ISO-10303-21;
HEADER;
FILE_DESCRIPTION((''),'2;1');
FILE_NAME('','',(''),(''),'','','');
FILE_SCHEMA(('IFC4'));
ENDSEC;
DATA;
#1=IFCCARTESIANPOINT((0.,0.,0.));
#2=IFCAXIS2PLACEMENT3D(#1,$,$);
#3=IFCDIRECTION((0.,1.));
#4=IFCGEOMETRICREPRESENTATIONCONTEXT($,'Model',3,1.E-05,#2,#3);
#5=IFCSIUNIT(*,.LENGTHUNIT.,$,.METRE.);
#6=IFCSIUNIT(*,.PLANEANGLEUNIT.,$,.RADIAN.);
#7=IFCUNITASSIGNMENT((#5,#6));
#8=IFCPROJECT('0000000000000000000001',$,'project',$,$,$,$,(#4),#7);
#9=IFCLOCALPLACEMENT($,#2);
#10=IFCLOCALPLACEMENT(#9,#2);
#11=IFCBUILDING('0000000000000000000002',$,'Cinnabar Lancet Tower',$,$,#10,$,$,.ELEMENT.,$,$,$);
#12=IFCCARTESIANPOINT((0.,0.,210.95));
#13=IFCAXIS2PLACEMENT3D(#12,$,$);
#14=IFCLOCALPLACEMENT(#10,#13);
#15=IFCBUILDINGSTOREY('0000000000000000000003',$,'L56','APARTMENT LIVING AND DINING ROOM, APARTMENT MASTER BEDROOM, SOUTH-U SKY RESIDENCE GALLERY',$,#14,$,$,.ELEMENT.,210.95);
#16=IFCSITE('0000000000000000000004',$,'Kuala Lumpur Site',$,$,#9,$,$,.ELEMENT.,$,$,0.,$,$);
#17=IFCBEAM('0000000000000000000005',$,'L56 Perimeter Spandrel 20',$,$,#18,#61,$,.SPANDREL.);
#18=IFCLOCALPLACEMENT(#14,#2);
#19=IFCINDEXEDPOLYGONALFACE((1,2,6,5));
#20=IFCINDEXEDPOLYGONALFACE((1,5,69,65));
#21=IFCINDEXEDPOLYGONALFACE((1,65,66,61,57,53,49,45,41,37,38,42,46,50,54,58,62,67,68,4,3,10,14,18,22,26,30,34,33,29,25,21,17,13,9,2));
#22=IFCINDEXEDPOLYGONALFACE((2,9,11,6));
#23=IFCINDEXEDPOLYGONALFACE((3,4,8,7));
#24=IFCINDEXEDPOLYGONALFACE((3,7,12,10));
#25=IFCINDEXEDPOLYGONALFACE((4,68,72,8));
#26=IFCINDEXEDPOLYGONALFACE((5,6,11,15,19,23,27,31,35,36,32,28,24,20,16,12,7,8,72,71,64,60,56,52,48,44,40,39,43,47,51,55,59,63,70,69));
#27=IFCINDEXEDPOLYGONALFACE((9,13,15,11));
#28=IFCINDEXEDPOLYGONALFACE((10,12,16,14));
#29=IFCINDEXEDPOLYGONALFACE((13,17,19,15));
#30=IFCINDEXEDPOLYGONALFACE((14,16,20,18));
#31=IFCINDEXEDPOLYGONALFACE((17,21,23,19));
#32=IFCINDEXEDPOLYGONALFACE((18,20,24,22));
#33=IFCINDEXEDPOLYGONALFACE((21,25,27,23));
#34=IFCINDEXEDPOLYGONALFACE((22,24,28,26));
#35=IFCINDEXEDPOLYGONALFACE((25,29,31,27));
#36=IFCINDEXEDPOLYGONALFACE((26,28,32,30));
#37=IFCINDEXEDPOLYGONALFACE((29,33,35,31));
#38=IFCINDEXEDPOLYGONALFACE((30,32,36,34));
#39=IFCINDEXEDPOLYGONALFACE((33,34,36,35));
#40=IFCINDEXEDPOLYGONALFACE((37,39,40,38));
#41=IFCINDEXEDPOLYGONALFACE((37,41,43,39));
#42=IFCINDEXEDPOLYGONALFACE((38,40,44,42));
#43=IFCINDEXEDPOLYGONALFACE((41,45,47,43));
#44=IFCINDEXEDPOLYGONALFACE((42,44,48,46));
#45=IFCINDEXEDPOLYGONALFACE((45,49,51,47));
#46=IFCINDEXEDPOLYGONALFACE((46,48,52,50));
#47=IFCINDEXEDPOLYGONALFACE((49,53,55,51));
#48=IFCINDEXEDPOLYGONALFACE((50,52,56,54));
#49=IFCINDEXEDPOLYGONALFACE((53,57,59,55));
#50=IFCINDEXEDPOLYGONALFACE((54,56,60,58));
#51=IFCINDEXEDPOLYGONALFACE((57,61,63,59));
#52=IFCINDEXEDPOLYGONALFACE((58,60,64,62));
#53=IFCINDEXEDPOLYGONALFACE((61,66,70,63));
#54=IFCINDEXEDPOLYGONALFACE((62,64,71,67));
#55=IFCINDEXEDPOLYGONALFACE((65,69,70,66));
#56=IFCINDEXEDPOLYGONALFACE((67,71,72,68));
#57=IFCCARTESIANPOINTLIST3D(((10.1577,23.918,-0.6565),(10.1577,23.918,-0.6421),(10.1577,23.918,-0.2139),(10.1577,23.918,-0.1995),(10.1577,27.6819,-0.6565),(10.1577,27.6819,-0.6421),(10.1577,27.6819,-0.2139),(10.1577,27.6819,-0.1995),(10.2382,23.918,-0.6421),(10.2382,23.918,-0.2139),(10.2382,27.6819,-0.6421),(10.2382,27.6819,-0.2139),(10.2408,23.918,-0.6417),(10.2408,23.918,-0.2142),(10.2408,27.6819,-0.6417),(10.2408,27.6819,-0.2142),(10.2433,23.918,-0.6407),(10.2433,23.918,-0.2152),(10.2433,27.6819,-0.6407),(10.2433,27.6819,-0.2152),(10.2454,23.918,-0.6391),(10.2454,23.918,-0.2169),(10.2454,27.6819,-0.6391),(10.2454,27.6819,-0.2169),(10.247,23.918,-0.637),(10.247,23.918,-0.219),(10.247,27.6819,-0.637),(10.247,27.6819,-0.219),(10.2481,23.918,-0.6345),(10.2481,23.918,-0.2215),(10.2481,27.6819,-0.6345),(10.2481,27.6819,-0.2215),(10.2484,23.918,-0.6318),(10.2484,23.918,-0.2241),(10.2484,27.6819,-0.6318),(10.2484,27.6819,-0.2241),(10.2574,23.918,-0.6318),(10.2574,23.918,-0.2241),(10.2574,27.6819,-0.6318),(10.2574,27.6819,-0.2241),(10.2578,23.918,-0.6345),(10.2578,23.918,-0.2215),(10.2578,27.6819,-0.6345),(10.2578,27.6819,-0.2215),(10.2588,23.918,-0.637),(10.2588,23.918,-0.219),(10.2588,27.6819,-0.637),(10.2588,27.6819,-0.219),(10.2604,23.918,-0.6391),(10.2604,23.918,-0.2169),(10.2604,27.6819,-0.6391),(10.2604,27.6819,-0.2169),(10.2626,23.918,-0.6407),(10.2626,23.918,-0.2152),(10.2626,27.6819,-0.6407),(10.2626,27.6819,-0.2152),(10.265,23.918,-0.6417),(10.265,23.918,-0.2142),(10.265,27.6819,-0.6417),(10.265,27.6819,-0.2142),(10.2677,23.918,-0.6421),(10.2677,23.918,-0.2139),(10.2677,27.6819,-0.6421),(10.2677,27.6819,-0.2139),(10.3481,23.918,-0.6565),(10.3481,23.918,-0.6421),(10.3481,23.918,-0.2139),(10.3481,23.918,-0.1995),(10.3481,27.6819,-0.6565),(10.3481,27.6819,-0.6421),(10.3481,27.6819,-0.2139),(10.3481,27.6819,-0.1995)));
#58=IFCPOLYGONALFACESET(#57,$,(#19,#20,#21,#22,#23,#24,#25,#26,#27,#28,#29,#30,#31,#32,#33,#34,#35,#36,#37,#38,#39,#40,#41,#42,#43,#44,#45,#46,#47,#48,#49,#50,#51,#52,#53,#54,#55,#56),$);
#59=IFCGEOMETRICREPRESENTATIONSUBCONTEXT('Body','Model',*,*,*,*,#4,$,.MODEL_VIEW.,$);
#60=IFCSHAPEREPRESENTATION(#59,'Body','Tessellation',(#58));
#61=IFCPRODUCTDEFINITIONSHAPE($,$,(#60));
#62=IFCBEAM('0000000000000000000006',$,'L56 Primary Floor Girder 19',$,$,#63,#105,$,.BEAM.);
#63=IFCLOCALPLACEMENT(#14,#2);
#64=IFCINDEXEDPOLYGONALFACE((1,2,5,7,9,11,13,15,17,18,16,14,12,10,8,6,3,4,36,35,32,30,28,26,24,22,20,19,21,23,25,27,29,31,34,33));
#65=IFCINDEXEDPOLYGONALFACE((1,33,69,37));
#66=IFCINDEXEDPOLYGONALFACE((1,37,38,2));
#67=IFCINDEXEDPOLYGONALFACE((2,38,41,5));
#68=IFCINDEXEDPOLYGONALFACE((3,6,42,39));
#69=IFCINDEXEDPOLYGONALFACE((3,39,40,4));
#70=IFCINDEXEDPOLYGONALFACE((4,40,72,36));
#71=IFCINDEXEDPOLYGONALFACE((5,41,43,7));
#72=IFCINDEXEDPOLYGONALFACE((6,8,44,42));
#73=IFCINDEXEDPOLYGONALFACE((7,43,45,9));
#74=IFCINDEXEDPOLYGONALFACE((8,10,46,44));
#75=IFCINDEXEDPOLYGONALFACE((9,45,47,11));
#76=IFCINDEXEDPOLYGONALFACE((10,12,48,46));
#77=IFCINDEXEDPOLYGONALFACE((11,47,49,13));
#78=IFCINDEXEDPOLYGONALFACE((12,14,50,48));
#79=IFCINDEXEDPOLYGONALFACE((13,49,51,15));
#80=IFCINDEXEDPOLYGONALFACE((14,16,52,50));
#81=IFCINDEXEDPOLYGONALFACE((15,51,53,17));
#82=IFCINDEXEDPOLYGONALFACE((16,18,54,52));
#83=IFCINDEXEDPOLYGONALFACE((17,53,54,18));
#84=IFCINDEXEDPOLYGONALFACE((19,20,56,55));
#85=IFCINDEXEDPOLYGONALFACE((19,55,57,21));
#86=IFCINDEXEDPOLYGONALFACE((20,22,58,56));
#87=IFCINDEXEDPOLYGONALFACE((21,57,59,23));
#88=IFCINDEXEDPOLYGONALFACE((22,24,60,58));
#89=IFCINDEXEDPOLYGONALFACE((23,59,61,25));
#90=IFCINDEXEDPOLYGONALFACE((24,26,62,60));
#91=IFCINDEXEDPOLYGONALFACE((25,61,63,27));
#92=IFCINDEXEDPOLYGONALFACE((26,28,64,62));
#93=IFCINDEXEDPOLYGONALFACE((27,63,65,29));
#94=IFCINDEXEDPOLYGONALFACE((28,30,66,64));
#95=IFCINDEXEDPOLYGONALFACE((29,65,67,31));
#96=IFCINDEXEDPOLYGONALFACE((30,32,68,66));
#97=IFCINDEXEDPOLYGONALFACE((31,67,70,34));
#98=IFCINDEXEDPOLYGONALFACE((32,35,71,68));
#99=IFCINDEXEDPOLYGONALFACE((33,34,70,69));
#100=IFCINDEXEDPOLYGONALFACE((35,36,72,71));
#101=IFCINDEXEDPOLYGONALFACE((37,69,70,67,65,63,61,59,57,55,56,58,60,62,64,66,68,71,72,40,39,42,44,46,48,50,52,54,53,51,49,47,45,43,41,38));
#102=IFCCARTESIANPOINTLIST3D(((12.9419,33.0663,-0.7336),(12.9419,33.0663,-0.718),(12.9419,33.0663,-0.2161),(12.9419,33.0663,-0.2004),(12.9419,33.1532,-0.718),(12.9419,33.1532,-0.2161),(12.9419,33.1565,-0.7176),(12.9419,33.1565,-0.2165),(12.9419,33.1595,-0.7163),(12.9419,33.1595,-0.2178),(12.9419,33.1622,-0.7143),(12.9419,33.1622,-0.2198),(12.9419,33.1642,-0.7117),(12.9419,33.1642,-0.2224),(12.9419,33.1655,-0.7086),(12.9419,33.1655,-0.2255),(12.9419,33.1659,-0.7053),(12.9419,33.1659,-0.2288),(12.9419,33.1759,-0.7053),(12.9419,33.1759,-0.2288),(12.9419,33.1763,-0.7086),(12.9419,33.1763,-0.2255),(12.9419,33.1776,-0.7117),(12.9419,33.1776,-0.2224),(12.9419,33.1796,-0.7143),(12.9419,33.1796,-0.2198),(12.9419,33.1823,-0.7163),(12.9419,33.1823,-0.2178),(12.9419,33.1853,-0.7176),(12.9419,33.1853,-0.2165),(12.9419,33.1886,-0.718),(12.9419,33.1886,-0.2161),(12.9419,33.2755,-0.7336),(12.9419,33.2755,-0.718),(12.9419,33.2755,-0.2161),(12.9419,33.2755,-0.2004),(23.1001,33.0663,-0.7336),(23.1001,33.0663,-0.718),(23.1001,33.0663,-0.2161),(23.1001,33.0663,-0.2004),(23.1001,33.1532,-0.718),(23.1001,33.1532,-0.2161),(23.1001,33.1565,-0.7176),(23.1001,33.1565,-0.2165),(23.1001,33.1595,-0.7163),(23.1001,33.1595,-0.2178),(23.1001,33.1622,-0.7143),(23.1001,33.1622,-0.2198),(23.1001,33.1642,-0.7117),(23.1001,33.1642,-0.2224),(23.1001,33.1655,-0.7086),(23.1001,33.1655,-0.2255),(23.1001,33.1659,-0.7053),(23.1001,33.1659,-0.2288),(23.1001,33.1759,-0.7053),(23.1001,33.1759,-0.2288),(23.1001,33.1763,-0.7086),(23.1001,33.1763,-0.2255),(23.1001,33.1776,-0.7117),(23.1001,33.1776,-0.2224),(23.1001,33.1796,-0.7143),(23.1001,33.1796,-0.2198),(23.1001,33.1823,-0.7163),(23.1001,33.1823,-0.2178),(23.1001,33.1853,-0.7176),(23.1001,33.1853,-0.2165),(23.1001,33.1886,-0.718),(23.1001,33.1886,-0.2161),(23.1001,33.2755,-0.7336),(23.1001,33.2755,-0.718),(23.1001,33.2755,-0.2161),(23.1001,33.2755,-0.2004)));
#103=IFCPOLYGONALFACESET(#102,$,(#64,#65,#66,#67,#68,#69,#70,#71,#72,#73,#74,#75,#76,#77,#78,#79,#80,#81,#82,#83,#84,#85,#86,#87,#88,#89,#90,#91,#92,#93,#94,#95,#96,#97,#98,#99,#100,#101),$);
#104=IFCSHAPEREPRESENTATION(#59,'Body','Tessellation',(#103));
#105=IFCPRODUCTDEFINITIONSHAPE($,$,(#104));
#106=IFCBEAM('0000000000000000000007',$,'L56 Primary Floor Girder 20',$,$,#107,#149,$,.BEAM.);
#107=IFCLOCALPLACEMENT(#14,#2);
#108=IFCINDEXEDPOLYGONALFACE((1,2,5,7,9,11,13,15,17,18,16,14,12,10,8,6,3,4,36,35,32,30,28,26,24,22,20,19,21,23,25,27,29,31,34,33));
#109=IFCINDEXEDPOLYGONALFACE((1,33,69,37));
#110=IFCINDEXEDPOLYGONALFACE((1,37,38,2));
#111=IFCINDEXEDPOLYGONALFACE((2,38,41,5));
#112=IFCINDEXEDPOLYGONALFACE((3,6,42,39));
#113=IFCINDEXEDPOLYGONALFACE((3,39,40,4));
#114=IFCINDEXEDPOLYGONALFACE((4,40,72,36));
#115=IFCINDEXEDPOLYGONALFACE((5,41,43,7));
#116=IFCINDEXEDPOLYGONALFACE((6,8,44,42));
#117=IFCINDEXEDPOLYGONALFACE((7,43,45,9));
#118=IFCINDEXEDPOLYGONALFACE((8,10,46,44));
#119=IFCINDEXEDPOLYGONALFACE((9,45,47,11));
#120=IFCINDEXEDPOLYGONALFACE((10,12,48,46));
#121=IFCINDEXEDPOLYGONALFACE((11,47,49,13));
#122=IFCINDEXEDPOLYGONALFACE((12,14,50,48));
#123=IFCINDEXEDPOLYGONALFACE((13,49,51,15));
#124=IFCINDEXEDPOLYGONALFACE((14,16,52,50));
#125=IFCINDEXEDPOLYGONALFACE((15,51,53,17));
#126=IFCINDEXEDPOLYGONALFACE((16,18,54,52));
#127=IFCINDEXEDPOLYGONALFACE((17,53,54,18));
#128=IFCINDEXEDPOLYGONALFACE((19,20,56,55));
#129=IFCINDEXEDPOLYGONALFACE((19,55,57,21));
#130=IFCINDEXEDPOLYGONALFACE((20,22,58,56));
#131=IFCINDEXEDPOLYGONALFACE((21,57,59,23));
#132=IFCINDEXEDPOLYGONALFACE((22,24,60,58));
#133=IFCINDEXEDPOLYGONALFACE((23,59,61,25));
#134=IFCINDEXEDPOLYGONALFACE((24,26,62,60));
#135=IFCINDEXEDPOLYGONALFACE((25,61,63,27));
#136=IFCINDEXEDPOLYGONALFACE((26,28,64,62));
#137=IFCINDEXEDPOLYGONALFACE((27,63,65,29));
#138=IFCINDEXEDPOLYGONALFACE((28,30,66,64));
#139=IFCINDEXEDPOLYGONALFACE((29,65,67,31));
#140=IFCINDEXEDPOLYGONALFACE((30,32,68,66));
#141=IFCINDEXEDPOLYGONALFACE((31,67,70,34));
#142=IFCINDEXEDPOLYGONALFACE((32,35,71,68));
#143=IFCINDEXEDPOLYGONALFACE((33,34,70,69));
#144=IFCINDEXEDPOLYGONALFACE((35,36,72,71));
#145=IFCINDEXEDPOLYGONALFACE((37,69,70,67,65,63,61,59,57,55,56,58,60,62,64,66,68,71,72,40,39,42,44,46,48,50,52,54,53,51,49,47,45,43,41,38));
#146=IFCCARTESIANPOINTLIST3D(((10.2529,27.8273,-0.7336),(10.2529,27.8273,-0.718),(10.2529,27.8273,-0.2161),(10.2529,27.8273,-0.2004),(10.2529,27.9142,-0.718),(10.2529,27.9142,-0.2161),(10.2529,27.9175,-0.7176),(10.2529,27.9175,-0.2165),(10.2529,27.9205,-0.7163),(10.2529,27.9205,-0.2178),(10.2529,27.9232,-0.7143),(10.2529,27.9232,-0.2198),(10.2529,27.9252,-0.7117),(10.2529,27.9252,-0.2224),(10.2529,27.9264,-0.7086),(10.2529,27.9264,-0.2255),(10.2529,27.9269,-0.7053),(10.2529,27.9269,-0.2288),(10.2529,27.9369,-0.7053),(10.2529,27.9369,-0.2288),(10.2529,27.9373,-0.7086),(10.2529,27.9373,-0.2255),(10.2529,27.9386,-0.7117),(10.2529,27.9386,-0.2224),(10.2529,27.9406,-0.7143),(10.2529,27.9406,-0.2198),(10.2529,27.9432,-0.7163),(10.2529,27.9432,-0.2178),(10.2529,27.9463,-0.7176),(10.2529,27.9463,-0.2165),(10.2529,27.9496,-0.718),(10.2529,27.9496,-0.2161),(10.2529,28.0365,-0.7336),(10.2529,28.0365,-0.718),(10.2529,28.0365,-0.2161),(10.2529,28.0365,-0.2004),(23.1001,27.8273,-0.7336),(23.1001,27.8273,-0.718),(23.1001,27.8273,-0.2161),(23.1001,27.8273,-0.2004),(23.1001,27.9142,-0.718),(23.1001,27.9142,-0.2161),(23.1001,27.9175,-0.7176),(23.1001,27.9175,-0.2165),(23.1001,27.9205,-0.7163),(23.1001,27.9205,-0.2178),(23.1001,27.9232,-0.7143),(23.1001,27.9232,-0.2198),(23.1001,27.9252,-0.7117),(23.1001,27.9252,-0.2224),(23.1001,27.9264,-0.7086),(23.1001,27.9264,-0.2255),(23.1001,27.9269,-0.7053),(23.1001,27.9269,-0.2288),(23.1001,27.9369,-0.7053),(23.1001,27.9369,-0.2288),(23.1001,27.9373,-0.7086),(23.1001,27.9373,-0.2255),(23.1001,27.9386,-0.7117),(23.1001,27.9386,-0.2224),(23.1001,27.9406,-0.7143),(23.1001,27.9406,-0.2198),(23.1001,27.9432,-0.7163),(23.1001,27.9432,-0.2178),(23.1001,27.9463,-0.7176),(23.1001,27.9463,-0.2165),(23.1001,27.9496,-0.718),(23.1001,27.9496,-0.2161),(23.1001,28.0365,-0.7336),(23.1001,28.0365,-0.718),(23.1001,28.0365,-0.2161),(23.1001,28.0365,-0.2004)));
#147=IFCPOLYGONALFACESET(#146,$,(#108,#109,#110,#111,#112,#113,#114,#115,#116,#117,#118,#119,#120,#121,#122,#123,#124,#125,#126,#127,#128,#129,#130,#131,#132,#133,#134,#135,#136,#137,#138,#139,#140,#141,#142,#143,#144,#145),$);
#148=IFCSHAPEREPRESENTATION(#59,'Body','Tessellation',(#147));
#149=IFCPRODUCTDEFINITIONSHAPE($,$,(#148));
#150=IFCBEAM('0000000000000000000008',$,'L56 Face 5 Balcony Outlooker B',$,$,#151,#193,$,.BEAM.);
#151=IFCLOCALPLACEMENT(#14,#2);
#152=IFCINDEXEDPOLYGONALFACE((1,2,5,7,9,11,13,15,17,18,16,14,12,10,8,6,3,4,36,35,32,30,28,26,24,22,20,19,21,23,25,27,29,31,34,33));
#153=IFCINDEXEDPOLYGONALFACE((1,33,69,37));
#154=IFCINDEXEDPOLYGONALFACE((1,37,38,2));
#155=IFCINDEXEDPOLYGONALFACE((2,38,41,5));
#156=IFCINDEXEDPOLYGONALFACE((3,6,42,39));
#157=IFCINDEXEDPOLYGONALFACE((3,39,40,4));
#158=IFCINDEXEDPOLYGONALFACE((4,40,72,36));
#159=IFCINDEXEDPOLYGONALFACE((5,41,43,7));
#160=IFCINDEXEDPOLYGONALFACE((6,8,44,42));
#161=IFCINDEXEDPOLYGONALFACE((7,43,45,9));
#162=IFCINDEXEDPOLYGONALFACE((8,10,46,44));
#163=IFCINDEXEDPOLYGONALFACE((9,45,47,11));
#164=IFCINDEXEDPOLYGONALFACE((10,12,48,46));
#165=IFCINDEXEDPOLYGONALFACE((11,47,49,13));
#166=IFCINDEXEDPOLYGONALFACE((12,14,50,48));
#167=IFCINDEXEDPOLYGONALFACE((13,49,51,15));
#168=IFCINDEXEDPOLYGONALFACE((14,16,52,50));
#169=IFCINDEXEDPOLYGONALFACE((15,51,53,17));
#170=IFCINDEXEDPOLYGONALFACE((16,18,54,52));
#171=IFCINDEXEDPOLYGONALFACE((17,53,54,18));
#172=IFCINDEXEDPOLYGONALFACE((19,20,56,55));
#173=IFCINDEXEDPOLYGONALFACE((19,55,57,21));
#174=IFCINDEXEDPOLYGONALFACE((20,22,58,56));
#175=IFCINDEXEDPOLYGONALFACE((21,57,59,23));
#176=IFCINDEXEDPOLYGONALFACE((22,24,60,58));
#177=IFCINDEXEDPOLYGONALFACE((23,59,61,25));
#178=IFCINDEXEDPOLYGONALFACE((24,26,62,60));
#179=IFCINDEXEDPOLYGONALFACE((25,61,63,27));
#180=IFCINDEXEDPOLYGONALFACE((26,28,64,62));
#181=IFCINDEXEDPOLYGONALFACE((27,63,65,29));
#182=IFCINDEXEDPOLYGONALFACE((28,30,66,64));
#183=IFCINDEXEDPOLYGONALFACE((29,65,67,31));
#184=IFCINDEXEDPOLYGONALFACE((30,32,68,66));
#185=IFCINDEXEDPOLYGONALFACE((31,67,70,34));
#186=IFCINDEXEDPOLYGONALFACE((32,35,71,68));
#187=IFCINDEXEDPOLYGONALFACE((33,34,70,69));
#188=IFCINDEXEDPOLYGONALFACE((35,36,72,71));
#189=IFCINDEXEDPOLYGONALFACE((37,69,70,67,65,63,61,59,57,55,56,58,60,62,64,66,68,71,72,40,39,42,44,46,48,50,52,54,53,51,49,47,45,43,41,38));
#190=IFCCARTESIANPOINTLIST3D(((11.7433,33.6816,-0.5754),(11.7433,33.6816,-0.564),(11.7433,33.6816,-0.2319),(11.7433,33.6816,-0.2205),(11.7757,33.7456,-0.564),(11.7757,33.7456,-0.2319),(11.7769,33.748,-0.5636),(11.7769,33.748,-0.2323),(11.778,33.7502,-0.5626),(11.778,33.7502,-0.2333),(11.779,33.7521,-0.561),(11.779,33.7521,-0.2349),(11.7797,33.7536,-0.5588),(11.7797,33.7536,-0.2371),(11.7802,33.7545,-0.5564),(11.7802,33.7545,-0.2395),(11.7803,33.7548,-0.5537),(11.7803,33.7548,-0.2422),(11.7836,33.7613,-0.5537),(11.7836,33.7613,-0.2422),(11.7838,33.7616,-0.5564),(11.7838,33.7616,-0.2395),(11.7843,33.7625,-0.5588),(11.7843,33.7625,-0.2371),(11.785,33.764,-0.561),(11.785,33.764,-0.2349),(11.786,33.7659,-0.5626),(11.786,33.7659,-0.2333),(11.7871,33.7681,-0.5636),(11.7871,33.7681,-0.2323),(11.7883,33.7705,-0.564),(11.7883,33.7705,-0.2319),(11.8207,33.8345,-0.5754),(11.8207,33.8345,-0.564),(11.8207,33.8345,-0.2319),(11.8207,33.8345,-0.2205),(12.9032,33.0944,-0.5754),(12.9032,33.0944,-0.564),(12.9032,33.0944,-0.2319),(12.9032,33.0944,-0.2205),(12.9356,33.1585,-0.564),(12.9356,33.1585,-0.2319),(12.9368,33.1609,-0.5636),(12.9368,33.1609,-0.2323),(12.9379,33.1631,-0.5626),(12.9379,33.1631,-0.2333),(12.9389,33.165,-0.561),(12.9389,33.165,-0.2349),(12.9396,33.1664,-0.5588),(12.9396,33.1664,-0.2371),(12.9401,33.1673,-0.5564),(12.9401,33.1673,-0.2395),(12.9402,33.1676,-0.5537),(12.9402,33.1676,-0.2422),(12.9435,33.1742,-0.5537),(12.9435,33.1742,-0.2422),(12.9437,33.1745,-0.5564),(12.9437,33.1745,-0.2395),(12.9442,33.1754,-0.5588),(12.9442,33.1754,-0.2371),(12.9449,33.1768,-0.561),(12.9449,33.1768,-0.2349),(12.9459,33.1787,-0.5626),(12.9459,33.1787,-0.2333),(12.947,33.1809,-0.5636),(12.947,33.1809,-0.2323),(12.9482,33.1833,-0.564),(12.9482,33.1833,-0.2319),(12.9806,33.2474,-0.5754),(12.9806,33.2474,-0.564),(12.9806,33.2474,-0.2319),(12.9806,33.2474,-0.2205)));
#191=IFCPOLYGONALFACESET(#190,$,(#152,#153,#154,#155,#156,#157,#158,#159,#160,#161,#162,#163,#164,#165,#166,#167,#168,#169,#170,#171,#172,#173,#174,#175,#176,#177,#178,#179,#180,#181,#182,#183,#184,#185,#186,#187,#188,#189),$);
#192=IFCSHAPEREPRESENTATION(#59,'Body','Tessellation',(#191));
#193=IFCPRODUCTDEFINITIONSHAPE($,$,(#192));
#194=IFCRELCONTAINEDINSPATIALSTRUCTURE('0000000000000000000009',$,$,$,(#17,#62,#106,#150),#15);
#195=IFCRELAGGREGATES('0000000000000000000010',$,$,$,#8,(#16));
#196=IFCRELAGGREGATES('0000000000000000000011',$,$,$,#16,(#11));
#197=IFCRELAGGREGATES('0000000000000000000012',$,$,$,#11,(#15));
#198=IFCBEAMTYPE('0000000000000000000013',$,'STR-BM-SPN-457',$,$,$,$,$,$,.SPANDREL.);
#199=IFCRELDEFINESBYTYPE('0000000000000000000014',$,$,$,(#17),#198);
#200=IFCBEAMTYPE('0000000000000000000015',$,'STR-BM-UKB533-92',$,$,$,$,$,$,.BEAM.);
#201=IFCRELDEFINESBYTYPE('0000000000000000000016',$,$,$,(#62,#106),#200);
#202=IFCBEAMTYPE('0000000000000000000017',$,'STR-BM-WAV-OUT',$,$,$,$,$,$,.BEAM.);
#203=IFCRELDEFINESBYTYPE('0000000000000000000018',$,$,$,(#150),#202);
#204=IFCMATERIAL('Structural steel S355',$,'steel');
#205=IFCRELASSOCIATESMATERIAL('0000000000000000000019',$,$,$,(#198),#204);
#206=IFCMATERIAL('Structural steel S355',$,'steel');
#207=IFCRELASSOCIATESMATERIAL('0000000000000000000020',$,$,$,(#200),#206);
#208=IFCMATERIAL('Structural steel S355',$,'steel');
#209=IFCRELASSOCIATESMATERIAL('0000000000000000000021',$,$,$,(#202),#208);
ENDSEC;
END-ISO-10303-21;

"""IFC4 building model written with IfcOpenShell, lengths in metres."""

from ifc_helpers import new_model, si_unit, direction, frame, origin, origin_2d, place, context, subcontext, project, spatial, i_section, extrude, material, material_profile, profile_set, type_object, element, save


model = new_model("IFC4")

# Units and contexts
model_context = context("Model", 3, precision=1e-05, world=origin(), true_north=direction((0.0, 1.0)))
body_context = subcontext(model_context, "Body", "Model", "MODEL_VIEW")
ifc_project = project(units=[si_unit("LENGTHUNIT", "METRE"), si_unit("PLANEANGLEUNIT", "RADIAN")], contexts=[model_context])

# Site, building, storey
site_placement = place(None, origin())
site = spatial("IfcSite", under=ifc_project, at=site_placement, Name="Kuala Lumpur Site", CompositionType="ELEMENT", RefElevation=0.0)
building_placement = place(site_placement, origin())
building = spatial("IfcBuilding", under=site, at=building_placement, Name="Cinnabar Lancet Tower", CompositionType="ELEMENT")
storey_placement = place(building_placement, frame((0.0, 0.0, 210.95)))
storey = spatial("IfcBuildingStorey", under=building, at=storey_placement, Name="L56", Description="APARTMENT LIVING AND DINING ROOM, APARTMENT MASTER BEDROOM, SOUTH-U SKY RESIDENCE GALLERY", CompositionType="ELEMENT", Elevation=210.95)

# Beams
ifc_material_1 = material(Name="Structural steel S355", Category="steel")
ifc_material_profile_1 = material_profile(ifc_material_1, i_section(OverallWidth=0.1904, OverallDepth=0.457, WebThickness=0.009, FlangeThickness=0.0144, FilletRadius=0.0103, at=origin_2d()), Name="UKB 457x191x74")
ifc_profile_set_1 = profile_set([ifc_material_profile_1], Name="Structural steel S355")
beam_type_1 = type_object("IfcBeamType", Name="STR-BM-SPN-457", PredefinedType="SPANDREL", material=ifc_profile_set_1)
beam_1_placement = place(storey_placement, frame((10.2529, 27.6819, -0.428), z_axis=(0.0, -1.0, 0.0), x_axis=(1.0, 0.0, 0.0)))
element("IfcBeam", 1, at=beam_1_placement, inside=storey, type_object=beam_type_1, Name="L56 Perimeter Spandrel 20", PredefinedType="SPANDREL", context=body_context, shape_type="SweptSolid", body=[
    extrude(i_section(OverallWidth=0.1904, OverallDepth=0.457, WebThickness=0.009, FlangeThickness=0.0144, FilletRadius=0.0103, at=origin_2d()), origin(), (0.0, 0.0, 1.0), 3.7639),
])
ifc_material_2 = material(Name="Structural steel S355", Category="steel")
ifc_material_profile_2 = material_profile(ifc_material_2, i_section(OverallWidth=0.2092, OverallDepth=0.5332, WebThickness=0.01, FlangeThickness=0.0156, FilletRadius=0.0127, at=origin_2d()), Name="UKB 533x210x92")
ifc_profile_set_2 = profile_set([ifc_material_profile_2], Name="Structural steel S355")
beam_type_2 = type_object("IfcBeamType", Name="STR-BM-UKB533-92", PredefinedType="BEAM", material=ifc_profile_set_2)
beam_2_placement = place(storey_placement, frame((12.9419, 33.1709, -0.467), z_axis=(1.0, 0.0, 0.0), x_axis=(0.0, 1.0, 0.0)))
element("IfcBeam", 2, at=beam_2_placement, inside=storey, type_object=beam_type_2, Name="L56 Primary Floor Girder 19", PredefinedType="BEAM", context=body_context, shape_type="SweptSolid", body=[
    extrude(i_section(OverallWidth=0.2092, OverallDepth=0.5332, WebThickness=0.01, FlangeThickness=0.0156, FilletRadius=0.0127, at=origin_2d()), origin(), (0.0, 0.0, 1.0), 10.1582),
])
beam_3_placement = place(storey_placement, frame((10.2529, 27.9319, -0.467), z_axis=(1.0, 0.0, 0.0), x_axis=(0.0, 1.0, 0.0)))
element("IfcBeam", 3, at=beam_3_placement, inside=storey, type_object=beam_type_2, Name="L56 Primary Floor Girder 20", PredefinedType="BEAM", context=body_context, shape_type="SweptSolid", body=[
    extrude(i_section(OverallWidth=0.2092, OverallDepth=0.5332, WebThickness=0.01, FlangeThickness=0.0156, FilletRadius=0.0127, at=origin_2d()), origin(), (0.0, 0.0, 1.0), 12.8472),
])
ifc_material_3 = material(Name="Structural steel S355", Category="steel")
ifc_material_profile_3 = material_profile(ifc_material_3, i_section(OverallWidth=0.1714, OverallDepth=0.355, WebThickness=0.0073, FlangeThickness=0.0115, FilletRadius=0.0103, at=origin_2d()), Name="UKB 356x171x51")
ifc_profile_set_3 = profile_set([ifc_material_profile_3], Name="Structural steel S355")
beam_type_3 = type_object("IfcBeamType", Name="STR-BM-WAV-OUT", PredefinedType="BEAM", material=ifc_profile_set_3)
beam_4_placement = place(storey_placement, frame((12.9419, 33.1709, -0.3979), z_axis=(-0.8922, 0.45164, 0.0), x_axis=(-0.45164, -0.8922, 0.0)))
element("IfcBeam", 4, at=beam_4_placement, inside=storey, type_object=beam_type_3, Name="L56 Face 5 Balcony Outlooker B", PredefinedType="BEAM", context=body_context, shape_type="SweptSolid", body=[
    extrude(i_section(OverallWidth=0.1714, OverallDepth=0.355, WebThickness=0.0073, FlangeThickness=0.0115, FilletRadius=0.0103, at=origin_2d()), origin(), (0.0, 0.0, 1.0), 1.3),
])

save(model, "model.ifc")
